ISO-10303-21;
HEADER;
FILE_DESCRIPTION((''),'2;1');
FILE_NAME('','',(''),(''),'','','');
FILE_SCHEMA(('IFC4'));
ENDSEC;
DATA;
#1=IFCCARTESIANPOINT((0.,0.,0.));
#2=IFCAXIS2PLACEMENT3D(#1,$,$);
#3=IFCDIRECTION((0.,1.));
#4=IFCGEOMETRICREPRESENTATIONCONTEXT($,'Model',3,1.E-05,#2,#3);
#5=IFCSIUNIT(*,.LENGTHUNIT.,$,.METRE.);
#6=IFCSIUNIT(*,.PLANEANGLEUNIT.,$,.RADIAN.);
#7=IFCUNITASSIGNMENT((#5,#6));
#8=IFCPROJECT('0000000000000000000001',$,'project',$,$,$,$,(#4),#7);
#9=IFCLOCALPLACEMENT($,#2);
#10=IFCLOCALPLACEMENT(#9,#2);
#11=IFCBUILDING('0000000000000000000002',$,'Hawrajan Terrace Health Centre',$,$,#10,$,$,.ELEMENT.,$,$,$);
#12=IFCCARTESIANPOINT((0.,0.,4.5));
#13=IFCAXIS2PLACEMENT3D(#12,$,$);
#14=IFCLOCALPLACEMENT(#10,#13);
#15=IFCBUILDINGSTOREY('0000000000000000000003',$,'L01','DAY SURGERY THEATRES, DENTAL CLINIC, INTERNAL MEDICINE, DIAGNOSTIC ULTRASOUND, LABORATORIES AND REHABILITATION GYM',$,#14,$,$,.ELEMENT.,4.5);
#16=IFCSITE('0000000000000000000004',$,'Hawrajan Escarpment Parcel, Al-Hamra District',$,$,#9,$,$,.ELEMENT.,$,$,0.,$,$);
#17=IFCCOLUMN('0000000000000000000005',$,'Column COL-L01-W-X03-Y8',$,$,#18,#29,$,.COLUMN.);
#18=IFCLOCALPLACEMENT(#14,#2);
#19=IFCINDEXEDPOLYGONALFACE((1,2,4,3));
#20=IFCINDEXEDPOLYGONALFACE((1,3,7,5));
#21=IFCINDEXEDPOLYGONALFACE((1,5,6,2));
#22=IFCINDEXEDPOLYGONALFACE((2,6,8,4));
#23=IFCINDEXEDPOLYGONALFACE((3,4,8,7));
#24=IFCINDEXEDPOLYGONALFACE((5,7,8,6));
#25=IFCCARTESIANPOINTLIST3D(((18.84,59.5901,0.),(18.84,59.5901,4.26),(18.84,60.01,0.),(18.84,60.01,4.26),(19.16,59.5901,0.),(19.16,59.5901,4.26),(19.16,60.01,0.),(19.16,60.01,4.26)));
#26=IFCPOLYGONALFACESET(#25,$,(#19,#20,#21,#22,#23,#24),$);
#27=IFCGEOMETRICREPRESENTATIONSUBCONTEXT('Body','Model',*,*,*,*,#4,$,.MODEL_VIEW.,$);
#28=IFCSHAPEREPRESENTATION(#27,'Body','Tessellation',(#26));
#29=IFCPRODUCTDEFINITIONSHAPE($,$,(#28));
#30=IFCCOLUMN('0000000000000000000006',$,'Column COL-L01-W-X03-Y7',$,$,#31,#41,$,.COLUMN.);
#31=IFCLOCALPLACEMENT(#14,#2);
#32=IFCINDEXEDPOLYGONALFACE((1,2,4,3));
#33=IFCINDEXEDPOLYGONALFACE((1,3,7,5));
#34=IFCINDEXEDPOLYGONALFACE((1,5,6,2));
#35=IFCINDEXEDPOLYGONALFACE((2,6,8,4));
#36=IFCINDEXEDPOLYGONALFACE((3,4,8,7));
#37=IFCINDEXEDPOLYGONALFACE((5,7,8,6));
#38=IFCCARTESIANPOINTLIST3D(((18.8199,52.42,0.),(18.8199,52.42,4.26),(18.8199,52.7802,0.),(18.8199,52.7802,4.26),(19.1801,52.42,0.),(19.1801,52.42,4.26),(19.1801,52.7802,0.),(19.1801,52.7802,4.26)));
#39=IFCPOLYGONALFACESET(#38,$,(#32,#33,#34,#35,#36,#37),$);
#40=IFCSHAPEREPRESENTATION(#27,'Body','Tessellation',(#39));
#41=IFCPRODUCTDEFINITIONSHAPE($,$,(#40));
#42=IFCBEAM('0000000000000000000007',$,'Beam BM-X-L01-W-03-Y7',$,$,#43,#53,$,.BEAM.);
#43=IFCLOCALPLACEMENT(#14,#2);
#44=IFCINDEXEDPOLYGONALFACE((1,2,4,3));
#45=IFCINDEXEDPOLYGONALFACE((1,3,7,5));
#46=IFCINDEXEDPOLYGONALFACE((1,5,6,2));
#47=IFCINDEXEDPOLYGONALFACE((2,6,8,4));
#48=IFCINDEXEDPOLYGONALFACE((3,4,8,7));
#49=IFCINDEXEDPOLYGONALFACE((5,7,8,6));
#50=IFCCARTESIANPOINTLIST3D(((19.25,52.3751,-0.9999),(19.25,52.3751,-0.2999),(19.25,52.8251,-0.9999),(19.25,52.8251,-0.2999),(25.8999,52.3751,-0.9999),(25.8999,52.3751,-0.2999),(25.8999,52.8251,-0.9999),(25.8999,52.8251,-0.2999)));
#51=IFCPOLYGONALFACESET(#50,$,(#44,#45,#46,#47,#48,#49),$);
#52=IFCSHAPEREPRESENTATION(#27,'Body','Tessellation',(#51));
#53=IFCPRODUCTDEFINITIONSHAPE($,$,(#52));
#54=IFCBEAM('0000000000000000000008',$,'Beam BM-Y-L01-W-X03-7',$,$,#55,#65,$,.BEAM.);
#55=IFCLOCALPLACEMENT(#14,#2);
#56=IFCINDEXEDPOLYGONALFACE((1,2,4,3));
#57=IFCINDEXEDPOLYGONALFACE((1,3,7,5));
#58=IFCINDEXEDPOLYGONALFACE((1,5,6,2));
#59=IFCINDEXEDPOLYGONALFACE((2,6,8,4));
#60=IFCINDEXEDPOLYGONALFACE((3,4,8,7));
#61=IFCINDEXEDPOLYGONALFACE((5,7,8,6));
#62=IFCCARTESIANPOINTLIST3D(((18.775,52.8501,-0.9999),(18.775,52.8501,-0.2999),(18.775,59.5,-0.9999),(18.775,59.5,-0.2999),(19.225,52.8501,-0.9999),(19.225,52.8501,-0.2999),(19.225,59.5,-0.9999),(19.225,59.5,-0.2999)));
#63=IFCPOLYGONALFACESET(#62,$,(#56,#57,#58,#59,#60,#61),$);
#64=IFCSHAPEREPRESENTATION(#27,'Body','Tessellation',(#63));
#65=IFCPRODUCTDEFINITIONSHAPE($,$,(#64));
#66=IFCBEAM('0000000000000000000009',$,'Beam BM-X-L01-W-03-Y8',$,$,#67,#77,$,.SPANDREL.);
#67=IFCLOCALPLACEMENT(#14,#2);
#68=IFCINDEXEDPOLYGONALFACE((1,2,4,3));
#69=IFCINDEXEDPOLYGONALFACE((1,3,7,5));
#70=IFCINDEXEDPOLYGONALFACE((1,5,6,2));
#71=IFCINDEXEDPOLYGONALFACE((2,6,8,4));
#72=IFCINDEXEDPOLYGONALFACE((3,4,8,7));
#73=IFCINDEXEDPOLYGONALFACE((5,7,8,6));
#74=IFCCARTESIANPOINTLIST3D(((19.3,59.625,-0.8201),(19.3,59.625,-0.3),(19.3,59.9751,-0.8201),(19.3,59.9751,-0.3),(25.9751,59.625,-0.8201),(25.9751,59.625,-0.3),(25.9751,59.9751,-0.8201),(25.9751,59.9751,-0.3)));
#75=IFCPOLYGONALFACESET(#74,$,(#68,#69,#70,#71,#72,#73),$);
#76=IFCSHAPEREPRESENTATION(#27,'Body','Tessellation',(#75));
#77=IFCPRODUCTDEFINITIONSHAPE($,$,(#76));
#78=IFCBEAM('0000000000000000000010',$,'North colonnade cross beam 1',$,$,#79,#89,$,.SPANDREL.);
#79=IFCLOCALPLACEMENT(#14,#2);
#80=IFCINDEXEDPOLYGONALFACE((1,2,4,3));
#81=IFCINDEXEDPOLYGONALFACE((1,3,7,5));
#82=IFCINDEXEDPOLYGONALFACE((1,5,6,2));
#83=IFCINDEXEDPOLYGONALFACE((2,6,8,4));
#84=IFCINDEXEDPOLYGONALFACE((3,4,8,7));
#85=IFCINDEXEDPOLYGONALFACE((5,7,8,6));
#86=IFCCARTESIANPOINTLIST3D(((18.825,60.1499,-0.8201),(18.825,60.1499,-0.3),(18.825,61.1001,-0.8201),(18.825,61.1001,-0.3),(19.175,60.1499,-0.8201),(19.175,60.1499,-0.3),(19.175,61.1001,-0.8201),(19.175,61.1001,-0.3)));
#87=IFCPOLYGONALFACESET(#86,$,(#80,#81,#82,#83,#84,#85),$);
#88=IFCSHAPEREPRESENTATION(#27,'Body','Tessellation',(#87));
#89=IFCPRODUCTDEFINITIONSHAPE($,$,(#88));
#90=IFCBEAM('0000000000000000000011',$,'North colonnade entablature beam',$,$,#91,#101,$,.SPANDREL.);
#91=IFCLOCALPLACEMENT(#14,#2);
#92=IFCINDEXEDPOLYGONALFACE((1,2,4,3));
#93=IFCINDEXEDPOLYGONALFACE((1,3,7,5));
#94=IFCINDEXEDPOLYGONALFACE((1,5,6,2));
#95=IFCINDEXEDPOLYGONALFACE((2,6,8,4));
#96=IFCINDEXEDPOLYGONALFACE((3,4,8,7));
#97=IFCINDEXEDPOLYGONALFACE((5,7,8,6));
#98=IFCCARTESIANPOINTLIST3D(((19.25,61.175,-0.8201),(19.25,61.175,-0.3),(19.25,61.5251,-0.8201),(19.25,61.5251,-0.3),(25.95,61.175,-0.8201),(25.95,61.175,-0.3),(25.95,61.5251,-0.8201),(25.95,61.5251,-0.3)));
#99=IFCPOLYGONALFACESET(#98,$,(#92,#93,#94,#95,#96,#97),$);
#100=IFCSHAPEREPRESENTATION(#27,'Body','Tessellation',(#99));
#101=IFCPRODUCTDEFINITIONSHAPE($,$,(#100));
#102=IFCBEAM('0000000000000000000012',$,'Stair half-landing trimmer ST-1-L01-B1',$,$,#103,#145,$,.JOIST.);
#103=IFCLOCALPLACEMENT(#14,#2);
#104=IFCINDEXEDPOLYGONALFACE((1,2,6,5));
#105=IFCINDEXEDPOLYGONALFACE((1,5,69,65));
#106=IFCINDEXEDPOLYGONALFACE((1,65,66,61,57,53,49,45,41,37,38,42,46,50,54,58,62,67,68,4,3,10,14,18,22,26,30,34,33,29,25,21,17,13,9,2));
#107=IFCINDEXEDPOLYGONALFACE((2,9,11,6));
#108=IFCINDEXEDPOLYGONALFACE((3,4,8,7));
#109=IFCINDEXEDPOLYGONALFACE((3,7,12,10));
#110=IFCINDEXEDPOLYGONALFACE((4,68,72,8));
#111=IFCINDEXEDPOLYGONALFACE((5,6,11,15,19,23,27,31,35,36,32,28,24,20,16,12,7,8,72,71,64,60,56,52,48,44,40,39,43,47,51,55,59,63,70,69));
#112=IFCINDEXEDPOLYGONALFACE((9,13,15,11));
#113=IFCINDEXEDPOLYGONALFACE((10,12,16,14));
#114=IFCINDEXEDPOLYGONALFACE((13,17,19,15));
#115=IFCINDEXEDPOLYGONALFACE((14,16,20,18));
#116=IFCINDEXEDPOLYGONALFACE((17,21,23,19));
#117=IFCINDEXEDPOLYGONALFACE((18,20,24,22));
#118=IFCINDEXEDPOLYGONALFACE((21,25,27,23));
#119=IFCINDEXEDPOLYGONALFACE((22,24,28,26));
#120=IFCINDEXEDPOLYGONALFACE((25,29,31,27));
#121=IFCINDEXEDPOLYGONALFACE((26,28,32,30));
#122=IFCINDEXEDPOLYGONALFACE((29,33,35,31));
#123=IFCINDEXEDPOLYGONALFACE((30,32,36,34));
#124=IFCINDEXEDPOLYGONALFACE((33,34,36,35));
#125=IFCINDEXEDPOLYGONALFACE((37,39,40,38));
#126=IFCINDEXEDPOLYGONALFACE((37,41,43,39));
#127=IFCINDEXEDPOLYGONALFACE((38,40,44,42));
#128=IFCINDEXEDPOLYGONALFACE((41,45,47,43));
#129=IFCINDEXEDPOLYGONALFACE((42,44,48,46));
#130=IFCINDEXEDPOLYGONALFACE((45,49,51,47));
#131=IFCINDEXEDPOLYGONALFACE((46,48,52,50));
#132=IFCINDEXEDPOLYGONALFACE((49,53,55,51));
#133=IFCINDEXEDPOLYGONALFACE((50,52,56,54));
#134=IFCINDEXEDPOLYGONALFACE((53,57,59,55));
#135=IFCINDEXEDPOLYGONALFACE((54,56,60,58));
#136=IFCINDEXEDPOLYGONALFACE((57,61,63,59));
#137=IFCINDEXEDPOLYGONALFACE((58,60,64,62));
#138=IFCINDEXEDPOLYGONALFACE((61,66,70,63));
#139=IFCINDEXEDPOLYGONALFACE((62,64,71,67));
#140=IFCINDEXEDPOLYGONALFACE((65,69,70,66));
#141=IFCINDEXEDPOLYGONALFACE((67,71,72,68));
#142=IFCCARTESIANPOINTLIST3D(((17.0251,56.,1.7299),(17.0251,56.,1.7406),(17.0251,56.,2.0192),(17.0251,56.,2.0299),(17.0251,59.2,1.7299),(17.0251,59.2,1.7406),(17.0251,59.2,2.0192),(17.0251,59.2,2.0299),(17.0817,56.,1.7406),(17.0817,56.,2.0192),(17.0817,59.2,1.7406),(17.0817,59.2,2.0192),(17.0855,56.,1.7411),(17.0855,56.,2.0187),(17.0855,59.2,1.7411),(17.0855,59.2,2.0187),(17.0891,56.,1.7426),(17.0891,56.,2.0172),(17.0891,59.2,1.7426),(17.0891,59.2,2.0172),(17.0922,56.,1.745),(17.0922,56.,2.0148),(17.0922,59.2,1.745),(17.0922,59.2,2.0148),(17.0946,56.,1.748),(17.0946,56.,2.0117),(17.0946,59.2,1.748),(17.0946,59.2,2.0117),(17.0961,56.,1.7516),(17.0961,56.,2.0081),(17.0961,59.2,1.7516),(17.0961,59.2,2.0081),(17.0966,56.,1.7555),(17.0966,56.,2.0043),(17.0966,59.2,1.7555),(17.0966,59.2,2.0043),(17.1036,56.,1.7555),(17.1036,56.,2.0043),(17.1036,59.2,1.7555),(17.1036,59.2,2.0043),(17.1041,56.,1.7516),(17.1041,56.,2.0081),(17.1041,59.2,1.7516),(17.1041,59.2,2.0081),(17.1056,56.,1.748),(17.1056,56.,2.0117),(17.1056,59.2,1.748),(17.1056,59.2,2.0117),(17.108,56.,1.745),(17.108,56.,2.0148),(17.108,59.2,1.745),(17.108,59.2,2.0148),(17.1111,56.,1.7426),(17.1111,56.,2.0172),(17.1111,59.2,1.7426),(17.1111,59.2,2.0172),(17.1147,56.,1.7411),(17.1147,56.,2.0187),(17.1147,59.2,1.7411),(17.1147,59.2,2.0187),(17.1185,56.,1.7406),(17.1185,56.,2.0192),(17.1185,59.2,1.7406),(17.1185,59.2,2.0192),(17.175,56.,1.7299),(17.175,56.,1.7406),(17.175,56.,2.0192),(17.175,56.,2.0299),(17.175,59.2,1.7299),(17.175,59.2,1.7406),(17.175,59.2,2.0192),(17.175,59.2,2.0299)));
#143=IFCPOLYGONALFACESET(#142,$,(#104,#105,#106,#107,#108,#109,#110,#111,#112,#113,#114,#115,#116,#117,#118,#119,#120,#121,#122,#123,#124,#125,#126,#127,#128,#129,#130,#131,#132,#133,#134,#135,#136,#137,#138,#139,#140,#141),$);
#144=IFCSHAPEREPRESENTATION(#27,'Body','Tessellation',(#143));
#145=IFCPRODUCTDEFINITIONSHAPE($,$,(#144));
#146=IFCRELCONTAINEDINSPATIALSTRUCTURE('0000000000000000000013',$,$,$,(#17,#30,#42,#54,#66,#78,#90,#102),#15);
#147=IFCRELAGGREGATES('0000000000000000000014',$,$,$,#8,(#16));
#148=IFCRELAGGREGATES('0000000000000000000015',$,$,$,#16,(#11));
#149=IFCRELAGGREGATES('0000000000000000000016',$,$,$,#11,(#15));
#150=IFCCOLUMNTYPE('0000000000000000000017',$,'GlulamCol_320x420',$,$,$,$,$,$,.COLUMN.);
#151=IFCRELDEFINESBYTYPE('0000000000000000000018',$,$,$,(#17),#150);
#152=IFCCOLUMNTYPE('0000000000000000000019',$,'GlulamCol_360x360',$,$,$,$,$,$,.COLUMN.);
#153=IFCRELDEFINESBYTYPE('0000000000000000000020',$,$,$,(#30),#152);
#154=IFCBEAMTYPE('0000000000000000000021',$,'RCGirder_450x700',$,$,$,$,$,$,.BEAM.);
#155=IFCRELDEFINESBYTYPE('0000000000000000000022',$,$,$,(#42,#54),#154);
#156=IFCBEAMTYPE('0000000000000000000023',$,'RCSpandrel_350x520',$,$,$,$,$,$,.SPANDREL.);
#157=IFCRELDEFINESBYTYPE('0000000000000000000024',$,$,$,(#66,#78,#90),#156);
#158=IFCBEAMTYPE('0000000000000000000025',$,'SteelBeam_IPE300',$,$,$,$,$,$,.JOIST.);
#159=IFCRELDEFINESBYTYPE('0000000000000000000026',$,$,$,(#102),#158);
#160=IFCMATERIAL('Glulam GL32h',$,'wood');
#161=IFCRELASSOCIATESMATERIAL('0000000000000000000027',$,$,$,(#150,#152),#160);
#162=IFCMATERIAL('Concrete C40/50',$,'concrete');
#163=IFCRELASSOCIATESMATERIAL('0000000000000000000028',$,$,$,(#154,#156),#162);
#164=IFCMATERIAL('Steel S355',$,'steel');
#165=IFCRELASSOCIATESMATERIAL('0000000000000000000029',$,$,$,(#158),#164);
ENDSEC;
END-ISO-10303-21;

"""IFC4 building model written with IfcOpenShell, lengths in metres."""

from ifc_helpers import new_model, si_unit, direction, frame, origin, origin_2d, place, context, subcontext, project, spatial, rectangle, i_section, extrude, material, material_profile, profile_set, type_object, element, save


model = new_model("IFC4")

# Units and contexts
model_context = context("Model", 3, precision=1e-05, world=origin(), true_north=direction((0.0, 1.0)))
body_context = subcontext(model_context, "Body", "Model", "MODEL_VIEW")
ifc_project = project(units=[si_unit("LENGTHUNIT", "METRE"), si_unit("PLANEANGLEUNIT", "RADIAN")], contexts=[model_context])

# Site, building, storey
site_placement = place(None, origin())
site = spatial("IfcSite", under=ifc_project, at=site_placement, Name="Hawrajan Escarpment Parcel, Al-Hamra District", CompositionType="ELEMENT", RefElevation=0.0)
building_placement = place(site_placement, origin())
building = spatial("IfcBuilding", under=site, at=building_placement, Name="Hawrajan Terrace Health Centre", CompositionType="ELEMENT")
storey_placement = place(building_placement, frame((0.0, 0.0, 4.5)))
storey = spatial("IfcBuildingStorey", under=building, at=storey_placement, Name="L01", Description="DAY SURGERY THEATRES, DENTAL CLINIC, INTERNAL MEDICINE, DIAGNOSTIC ULTRASOUND, LABORATORIES AND REHABILITATION GYM", CompositionType="ELEMENT", Elevation=4.5)

# Columns
ifc_material_1 = material(Name="Glulam GL32h", Category="wood")
ifc_material_profile_1 = material_profile(ifc_material_1, rectangle(XDim=0.3201, YDim=0.4199, at=origin_2d()), Name="GL 320x420")
ifc_profile_set_1 = profile_set([ifc_material_profile_1], Name="Glulam GL32h")
column_type_1 = type_object("IfcColumnType", Name="GlulamCol_320x420", PredefinedType="COLUMN", material=ifc_profile_set_1)
column_1_placement = place(storey_placement, frame((19.0, 59.8, 0.0), z_axis=(0.0, 0.0, 1.0), x_axis=(1.0, 0.0, 0.0)))
element("IfcColumn", 1, at=column_1_placement, inside=storey, type_object=column_type_1, Name="Column COL-L01-W-X03-Y8", PredefinedType="COLUMN", context=body_context, shape_type="SweptSolid", body=[
    extrude(rectangle(XDim=0.3201, YDim=0.4199, at=origin_2d()), origin(), (0.0, 0.0, 1.0), 4.26),
])
ifc_material_profile_2 = material_profile(ifc_material_1, rectangle(XDim=0.3601, YDim=0.3601, at=origin_2d()), Name="GL 360x360")
ifc_profile_set_2 = profile_set([ifc_material_profile_2], Name="Glulam GL32h")
column_type_2 = type_object("IfcColumnType", Name="GlulamCol_360x360", PredefinedType="COLUMN", material=ifc_profile_set_2)
column_2_placement = place(storey_placement, frame((19.0, 52.6001, 0.0), z_axis=(0.0, 0.0, 1.0), x_axis=(1.0, 0.0, 0.0)))
element("IfcColumn", 2, at=column_2_placement, inside=storey, type_object=column_type_2, Name="Column COL-L01-W-X03-Y7", PredefinedType="COLUMN", context=body_context, shape_type="SweptSolid", body=[
    extrude(rectangle(XDim=0.3601, YDim=0.3601, at=origin_2d()), origin(), (0.0, 0.0, 1.0), 4.26),
])

# Beams
ifc_material_2 = material(Name="Concrete C40/50", Category="concrete")
ifc_material_profile_3 = material_profile(ifc_material_2, rectangle(XDim=0.45, YDim=0.7, at=origin_2d()), Name="RC BM 450x700")
ifc_profile_set_3 = profile_set([ifc_material_profile_3], Name="Concrete C40/50")
beam_type_1 = type_object("IfcBeamType", Name="RCGirder_450x700", PredefinedType="BEAM", material=ifc_profile_set_3)
for number, where, z_axis, x_axis, name in (
    (3, (19.25, 52.6001, -0.6499), (1.0, 0.0, 0.0), (0.0, 1.0, 0.0), "Beam BM-X-L01-W-03-Y7"),
    (4, (19.0, 52.8501, -0.6499), (0.0, 1.0, 0.0), (-1.0, 0.0, 0.0), "Beam BM-Y-L01-W-X03-7"),
):
    element("IfcBeam", number, at=place(storey_placement, frame(where, z_axis=z_axis, x_axis=x_axis)), inside=storey, type_object=beam_type_1, Name=name, PredefinedType="BEAM", context=body_context, shape_type="SweptSolid", body=[
        extrude(rectangle(XDim=0.45, YDim=0.7, at=origin_2d()), origin(), (0.0, 0.0, 1.0), 6.6499),
    ])
ifc_material_profile_4 = material_profile(ifc_material_2, rectangle(XDim=0.3501, YDim=0.52, at=origin_2d()), Name="RC SP 350x520")
ifc_profile_set_4 = profile_set([ifc_material_profile_4], Name="Concrete C40/50")
beam_type_2 = type_object("IfcBeamType", Name="RCSpandrel_350x520", PredefinedType="SPANDREL", material=ifc_profile_set_4)
beam_1_placement = place(storey_placement, frame((19.3, 59.8, -0.5601), z_axis=(1.0, 0.0, 0.0), x_axis=(0.0, 1.0, 0.0)))
element("IfcBeam", 5, at=beam_1_placement, inside=storey, type_object=beam_type_2, Name="Beam BM-X-L01-W-03-Y8", PredefinedType="SPANDREL", context=body_context, shape_type="SweptSolid", body=[
    extrude(rectangle(XDim=0.3501, YDim=0.52, at=origin_2d()), origin(), (0.0, 0.0, 1.0), 6.675),
])
beam_2_placement = place(storey_placement, frame((19.0, 60.1499, -0.5601), z_axis=(0.0, 1.0, 0.0), x_axis=(-1.0, 0.0, 0.0)))
element("IfcBeam", 6, at=beam_2_placement, inside=storey, type_object=beam_type_2, Name="North colonnade cross beam 1", PredefinedType="SPANDREL", context=body_context, shape_type="SweptSolid", body=[
    extrude(rectangle(XDim=0.3501, YDim=0.52, at=origin_2d()), origin(), (0.0, 0.0, 1.0), 0.9502),
])
beam_3_placement = place(storey_placement, frame((19.25, 61.3501, -0.5601), z_axis=(1.0, 0.0, 0.0), x_axis=(0.0, 1.0, 0.0)))
element("IfcBeam", 7, at=beam_3_placement, inside=storey, type_object=beam_type_2, Name="North colonnade entablature beam", PredefinedType="SPANDREL", context=body_context, shape_type="SweptSolid", body=[
    extrude(rectangle(XDim=0.3501, YDim=0.52, at=origin_2d()), origin(), (0.0, 0.0, 1.0), 6.7),
])
ifc_material_3 = material(Name="Steel S355", Category="steel")
ifc_material_profile_5 = material_profile(ifc_material_3, i_section(OverallWidth=0.1499, OverallDepth=0.3, WebThickness=0.0071, FlangeThickness=0.0107, FilletRadius=0.0149, at=origin_2d()), Name="IPE 300")
ifc_profile_set_5 = profile_set([ifc_material_profile_5], Name="Steel S355")
beam_type_3 = type_object("IfcBeamType", Name="SteelBeam_IPE300", PredefinedType="JOIST", material=ifc_profile_set_5)
beam_4_placement = place(storey_placement, frame((17.1001, 56.0, 1.8799), z_axis=(0.0, 1.0, 0.0), x_axis=(-1.0, 0.0, 0.0)))
element("IfcBeam", 8, at=beam_4_placement, inside=storey, type_object=beam_type_3, Name="Stair half-landing trimmer ST-1-L01-B1", PredefinedType="JOIST", context=body_context, shape_type="SweptSolid", body=[
    extrude(i_section(OverallWidth=0.1499, OverallDepth=0.3, WebThickness=0.0071, FlangeThickness=0.0107, FilletRadius=0.0149, at=origin_2d()), origin(), (0.0, 0.0, 1.0), 3.2),
])

save(model, "model.ifc")
